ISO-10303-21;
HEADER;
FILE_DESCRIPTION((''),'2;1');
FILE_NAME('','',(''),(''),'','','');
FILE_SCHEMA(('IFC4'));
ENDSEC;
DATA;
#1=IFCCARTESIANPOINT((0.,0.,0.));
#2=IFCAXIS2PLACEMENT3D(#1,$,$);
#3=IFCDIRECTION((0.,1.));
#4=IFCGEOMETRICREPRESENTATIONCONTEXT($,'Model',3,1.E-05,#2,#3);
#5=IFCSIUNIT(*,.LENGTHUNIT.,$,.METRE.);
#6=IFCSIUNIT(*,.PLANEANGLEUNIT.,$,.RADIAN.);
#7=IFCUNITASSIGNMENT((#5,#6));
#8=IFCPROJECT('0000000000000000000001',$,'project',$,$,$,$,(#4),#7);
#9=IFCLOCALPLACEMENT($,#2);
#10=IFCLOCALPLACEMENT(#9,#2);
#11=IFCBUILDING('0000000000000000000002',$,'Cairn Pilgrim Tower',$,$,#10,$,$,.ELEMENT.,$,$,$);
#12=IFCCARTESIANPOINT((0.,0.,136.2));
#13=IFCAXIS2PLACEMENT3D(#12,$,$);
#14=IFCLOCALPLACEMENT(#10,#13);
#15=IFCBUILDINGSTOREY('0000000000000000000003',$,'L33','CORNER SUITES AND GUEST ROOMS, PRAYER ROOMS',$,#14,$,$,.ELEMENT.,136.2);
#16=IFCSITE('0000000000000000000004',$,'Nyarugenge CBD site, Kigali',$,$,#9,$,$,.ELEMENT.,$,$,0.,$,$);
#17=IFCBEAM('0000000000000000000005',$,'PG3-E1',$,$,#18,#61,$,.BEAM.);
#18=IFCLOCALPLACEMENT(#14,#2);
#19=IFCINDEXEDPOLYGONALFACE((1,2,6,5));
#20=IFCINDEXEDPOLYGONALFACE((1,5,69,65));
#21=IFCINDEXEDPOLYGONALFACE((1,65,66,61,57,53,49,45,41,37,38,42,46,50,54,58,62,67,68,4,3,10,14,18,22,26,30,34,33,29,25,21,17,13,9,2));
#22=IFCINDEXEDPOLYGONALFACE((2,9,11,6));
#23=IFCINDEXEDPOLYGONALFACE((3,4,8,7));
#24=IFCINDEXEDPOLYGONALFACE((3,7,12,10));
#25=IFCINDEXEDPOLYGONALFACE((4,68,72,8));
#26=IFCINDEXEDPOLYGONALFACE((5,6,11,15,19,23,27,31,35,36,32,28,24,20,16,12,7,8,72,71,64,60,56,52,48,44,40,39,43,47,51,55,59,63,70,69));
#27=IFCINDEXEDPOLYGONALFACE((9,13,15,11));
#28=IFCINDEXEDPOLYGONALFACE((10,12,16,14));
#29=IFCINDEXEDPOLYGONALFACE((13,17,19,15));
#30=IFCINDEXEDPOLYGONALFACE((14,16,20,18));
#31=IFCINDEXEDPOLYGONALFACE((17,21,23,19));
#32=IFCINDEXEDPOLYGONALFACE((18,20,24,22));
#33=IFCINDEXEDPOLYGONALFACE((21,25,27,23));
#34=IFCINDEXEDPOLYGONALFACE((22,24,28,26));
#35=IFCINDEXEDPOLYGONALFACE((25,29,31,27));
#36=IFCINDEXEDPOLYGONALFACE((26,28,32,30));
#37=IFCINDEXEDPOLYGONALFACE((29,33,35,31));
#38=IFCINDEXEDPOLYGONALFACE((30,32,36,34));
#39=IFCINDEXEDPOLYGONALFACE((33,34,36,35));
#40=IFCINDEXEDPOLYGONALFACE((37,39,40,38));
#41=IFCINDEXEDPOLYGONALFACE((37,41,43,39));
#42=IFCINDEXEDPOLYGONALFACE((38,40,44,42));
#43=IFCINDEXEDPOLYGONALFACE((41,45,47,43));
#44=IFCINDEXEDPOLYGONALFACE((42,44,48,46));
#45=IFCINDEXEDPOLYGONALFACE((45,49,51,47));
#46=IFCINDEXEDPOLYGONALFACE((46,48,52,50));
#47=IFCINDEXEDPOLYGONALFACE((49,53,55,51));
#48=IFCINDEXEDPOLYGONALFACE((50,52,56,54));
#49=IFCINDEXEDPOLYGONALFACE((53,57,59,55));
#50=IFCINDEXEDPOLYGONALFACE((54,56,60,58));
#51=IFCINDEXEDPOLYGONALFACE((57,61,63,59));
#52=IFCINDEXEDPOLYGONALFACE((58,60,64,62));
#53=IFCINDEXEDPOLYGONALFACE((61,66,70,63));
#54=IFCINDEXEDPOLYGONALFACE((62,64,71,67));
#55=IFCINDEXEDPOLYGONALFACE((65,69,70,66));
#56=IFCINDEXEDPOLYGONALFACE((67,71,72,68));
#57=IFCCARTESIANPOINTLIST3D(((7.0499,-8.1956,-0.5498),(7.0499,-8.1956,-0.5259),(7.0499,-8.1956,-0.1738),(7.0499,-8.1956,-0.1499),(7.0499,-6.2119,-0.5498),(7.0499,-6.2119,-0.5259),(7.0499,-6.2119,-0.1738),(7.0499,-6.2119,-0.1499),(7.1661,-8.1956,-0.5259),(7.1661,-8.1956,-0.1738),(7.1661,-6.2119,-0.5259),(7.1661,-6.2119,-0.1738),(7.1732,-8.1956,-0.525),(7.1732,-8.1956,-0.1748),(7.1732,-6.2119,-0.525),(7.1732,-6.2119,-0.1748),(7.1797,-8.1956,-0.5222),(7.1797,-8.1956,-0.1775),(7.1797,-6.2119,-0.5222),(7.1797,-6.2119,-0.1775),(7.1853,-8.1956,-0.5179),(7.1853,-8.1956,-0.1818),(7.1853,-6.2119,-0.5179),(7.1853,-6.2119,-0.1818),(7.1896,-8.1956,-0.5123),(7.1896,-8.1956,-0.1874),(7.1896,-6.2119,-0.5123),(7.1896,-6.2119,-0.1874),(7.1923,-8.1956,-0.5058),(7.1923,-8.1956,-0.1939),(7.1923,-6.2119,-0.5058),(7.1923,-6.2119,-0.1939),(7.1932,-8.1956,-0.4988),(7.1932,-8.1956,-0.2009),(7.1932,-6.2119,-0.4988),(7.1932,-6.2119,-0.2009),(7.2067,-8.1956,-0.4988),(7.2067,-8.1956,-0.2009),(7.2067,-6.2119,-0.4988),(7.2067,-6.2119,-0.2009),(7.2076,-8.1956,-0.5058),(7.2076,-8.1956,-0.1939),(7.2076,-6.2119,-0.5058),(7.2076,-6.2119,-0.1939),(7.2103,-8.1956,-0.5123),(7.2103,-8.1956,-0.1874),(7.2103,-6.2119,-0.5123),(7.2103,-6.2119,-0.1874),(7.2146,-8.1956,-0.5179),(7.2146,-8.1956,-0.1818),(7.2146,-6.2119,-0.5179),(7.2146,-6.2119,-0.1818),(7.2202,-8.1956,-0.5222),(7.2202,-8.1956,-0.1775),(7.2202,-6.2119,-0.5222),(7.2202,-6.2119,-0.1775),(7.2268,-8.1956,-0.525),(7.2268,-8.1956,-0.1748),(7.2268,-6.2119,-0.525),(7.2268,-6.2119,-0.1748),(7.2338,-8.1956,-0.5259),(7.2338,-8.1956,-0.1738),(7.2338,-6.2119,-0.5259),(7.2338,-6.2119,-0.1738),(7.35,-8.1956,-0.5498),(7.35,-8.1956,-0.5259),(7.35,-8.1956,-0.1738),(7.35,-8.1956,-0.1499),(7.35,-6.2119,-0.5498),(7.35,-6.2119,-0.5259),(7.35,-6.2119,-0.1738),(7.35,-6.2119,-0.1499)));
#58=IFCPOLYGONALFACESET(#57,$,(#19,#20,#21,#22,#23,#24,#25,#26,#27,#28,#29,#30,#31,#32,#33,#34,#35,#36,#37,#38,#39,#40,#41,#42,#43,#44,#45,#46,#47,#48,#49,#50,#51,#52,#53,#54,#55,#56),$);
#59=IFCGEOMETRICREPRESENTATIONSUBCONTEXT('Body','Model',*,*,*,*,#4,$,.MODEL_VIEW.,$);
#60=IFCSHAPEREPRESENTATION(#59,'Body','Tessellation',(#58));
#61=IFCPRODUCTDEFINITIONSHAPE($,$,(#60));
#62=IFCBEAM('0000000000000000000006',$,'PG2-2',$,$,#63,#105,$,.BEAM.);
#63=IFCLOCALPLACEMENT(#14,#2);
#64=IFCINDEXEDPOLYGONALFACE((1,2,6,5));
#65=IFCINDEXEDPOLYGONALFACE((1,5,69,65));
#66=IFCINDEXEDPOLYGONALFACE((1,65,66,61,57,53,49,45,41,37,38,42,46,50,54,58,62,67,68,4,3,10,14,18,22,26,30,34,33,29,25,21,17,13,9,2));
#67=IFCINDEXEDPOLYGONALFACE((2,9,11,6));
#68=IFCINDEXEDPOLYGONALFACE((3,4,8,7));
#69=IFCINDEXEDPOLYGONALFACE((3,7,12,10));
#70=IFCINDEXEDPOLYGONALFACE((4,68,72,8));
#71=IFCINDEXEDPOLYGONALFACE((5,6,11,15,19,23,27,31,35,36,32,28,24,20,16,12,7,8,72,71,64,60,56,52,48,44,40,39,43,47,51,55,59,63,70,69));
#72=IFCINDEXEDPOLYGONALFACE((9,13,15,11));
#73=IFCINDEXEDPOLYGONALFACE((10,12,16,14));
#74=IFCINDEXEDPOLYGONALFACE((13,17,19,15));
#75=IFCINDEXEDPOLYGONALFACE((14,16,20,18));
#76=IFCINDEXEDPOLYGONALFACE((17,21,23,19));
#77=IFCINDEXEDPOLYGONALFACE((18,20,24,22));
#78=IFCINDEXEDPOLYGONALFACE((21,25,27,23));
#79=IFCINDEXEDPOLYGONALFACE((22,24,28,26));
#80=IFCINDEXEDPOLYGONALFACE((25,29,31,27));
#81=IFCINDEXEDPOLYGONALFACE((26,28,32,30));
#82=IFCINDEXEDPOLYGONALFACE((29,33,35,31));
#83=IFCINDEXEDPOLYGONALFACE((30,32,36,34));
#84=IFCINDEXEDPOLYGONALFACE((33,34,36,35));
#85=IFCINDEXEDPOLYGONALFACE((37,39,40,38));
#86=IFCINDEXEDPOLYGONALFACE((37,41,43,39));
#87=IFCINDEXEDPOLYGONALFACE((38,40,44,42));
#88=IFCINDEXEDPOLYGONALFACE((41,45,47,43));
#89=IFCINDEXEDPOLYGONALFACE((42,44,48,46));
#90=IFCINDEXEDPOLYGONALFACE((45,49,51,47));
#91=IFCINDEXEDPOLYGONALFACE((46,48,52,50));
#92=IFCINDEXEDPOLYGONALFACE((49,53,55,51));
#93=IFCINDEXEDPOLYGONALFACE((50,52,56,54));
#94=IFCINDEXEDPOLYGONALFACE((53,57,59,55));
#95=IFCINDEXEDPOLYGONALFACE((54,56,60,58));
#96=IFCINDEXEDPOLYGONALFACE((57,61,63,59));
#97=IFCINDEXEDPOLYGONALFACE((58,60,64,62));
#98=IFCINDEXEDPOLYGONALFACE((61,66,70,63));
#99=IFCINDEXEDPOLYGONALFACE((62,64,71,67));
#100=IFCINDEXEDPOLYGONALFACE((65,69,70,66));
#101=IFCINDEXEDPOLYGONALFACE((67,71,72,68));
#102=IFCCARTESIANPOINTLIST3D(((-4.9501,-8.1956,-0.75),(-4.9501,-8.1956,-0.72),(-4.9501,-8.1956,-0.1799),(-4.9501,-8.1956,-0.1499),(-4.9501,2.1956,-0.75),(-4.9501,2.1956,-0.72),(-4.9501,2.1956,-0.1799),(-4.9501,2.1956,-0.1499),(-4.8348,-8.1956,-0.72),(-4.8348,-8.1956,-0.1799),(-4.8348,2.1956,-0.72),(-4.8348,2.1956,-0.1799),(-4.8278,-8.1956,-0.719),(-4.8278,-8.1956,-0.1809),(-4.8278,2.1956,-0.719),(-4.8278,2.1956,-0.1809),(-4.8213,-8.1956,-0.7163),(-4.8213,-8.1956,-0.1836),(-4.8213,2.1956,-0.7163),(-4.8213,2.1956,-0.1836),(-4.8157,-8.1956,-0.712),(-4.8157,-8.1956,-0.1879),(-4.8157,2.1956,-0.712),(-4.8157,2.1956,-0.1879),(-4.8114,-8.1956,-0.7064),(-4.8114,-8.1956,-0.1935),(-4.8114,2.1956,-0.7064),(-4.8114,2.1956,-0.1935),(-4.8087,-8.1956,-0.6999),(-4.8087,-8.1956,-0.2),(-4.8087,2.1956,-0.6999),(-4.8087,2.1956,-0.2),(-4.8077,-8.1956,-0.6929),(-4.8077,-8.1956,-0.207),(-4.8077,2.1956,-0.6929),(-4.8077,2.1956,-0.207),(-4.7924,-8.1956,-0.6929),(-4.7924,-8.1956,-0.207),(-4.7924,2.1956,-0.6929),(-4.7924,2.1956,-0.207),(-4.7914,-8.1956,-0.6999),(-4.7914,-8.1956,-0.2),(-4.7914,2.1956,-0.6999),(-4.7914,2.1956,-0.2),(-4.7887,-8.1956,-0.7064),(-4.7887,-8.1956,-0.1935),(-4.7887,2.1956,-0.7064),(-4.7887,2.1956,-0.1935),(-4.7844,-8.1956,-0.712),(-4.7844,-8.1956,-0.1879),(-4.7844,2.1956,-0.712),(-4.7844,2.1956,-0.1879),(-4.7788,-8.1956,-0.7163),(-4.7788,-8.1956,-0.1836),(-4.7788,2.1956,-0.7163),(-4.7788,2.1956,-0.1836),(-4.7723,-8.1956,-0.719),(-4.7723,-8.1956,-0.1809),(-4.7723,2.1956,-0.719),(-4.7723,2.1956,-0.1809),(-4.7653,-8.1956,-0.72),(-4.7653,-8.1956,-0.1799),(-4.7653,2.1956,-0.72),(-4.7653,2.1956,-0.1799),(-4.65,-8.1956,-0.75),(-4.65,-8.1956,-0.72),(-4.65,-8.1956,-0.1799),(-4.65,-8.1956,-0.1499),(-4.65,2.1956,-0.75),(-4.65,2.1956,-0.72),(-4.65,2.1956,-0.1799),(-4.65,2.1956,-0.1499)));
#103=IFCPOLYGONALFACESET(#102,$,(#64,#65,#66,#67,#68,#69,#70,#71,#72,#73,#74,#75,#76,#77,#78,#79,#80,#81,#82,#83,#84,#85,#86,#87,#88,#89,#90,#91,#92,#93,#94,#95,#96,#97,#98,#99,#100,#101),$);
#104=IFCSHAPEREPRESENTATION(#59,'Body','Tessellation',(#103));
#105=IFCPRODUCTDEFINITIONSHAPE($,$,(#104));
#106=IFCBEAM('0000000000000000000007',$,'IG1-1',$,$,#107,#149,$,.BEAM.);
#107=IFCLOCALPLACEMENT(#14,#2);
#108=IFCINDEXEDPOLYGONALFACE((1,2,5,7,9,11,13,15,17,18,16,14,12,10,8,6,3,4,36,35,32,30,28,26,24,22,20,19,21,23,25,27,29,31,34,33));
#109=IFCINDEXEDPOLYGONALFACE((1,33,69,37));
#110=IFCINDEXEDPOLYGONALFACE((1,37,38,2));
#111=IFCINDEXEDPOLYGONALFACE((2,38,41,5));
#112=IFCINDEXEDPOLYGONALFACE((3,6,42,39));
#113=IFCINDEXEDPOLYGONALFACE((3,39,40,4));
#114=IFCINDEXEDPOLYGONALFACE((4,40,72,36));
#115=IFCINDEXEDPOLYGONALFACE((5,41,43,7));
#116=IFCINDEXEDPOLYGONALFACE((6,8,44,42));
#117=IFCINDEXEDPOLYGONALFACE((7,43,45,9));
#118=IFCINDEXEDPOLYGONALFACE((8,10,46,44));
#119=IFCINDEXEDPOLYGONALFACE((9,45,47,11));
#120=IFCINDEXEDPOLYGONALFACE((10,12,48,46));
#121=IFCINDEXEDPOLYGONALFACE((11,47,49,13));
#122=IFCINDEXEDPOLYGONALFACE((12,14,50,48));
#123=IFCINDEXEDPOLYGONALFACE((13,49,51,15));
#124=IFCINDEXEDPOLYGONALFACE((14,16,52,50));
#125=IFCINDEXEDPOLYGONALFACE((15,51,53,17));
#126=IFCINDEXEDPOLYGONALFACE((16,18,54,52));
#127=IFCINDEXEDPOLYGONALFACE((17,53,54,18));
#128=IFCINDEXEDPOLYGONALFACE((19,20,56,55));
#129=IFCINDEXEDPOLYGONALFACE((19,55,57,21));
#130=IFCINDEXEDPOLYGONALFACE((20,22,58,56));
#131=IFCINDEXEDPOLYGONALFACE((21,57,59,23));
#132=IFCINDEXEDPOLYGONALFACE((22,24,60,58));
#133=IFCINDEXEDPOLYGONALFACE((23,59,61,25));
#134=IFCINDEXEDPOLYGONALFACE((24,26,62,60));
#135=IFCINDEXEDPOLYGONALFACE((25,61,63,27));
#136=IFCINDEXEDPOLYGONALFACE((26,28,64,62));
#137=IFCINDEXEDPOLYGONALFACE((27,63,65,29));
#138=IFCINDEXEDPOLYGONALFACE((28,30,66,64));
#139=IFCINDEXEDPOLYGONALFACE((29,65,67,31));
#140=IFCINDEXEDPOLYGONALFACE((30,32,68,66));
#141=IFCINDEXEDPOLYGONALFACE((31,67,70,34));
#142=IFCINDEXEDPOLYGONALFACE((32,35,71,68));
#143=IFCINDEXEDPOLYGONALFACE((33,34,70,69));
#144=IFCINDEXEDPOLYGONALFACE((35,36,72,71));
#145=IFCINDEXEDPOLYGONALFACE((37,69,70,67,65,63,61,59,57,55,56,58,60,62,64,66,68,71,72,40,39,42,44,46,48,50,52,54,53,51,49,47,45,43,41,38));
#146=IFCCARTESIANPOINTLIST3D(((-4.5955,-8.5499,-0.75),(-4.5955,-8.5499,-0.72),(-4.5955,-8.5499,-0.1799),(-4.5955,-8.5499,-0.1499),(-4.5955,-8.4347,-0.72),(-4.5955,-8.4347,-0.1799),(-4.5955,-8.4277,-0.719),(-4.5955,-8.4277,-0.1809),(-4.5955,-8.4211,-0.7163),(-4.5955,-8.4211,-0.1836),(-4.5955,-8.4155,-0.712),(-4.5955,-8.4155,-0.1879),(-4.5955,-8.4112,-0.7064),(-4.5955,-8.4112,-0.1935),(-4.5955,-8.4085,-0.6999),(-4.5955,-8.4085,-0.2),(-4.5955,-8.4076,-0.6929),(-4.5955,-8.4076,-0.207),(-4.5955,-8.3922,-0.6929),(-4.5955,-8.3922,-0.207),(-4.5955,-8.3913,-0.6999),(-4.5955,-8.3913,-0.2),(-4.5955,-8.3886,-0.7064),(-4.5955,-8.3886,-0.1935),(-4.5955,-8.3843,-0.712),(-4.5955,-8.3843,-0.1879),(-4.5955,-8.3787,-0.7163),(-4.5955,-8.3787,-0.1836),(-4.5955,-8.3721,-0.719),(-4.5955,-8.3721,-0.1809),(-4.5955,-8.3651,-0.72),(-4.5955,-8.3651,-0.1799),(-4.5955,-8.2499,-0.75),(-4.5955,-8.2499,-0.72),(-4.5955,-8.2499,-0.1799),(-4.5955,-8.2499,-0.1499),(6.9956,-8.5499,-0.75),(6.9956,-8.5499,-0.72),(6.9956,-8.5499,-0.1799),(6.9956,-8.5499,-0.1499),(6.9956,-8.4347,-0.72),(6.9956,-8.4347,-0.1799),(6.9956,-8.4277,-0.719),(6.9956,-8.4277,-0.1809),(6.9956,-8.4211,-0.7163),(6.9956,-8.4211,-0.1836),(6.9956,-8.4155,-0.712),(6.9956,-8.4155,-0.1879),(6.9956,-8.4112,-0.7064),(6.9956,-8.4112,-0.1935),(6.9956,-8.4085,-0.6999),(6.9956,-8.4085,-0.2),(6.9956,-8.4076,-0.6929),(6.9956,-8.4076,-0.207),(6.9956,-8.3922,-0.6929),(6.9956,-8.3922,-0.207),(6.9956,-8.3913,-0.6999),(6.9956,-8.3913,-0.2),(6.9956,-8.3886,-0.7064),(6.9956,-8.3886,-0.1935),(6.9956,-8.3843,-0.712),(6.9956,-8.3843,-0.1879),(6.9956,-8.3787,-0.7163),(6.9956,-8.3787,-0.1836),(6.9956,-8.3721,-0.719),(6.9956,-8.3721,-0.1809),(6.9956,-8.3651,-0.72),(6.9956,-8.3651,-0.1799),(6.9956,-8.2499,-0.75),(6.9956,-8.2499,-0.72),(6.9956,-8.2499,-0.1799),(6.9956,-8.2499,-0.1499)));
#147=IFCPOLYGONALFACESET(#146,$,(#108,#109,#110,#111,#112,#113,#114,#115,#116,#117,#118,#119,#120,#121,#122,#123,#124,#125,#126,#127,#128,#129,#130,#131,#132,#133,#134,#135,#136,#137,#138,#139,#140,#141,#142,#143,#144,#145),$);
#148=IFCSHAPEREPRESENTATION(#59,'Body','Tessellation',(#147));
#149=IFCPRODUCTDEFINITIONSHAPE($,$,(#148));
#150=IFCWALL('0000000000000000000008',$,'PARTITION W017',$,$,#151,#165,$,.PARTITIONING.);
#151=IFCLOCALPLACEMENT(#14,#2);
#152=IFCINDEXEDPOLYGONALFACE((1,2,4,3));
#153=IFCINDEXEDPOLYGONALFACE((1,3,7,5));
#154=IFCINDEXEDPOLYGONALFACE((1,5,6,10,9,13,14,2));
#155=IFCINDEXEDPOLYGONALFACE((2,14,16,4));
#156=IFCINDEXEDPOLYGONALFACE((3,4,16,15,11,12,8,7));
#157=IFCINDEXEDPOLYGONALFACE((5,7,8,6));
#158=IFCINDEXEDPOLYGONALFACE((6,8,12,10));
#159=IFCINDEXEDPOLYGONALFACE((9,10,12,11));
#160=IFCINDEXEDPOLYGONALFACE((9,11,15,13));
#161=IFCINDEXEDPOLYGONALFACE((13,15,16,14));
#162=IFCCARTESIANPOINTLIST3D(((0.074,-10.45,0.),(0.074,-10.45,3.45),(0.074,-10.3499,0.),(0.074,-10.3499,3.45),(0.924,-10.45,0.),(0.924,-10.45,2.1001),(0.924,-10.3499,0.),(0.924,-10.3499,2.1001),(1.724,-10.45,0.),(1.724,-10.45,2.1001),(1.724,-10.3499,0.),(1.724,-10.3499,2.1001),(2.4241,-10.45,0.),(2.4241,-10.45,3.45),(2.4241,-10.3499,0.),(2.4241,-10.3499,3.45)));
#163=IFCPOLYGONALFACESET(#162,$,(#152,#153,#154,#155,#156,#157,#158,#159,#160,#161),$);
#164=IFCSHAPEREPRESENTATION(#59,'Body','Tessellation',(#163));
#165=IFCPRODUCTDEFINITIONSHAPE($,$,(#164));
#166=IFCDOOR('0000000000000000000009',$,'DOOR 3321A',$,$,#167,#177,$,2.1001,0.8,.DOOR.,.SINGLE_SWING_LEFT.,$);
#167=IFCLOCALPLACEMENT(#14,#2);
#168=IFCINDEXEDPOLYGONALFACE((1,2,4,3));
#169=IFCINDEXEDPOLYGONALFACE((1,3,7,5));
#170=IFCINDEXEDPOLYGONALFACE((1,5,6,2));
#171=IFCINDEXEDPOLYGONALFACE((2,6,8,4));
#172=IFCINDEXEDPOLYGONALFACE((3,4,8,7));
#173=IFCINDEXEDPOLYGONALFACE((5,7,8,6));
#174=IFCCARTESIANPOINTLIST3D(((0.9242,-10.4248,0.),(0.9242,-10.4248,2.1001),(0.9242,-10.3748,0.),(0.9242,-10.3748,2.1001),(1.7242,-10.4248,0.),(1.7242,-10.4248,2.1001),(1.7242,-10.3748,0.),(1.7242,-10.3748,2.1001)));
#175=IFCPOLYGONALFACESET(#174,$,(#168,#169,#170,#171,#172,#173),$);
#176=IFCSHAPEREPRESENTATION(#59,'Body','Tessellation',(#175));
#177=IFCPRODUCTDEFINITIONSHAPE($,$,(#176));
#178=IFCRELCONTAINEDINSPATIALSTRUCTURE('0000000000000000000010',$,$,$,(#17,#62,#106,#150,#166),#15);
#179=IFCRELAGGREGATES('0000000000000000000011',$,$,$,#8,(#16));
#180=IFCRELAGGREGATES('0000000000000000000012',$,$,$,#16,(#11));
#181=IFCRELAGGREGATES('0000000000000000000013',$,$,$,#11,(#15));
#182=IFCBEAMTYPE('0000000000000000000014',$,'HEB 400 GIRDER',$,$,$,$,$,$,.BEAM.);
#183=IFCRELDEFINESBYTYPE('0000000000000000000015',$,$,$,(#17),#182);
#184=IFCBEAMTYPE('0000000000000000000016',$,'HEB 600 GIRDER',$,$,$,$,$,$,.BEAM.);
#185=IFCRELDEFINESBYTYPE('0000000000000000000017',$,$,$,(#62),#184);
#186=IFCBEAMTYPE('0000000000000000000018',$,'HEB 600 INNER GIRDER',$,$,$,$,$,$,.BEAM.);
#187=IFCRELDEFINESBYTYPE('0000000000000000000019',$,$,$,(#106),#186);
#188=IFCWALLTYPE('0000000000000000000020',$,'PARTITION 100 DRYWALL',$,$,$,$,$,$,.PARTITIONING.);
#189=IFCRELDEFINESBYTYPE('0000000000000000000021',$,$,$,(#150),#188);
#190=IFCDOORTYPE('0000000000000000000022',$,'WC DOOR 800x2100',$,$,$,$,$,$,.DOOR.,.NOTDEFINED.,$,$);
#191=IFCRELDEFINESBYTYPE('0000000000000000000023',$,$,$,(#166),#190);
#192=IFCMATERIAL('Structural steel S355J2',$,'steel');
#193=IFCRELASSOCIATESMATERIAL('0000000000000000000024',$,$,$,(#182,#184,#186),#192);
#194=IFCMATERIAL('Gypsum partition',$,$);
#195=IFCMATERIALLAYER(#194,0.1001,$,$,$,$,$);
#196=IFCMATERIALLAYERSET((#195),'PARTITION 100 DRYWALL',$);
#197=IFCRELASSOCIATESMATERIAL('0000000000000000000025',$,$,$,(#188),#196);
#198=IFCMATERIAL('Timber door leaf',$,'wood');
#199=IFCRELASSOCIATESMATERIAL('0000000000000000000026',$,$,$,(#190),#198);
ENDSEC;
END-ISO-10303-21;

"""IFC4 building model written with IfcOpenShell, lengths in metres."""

from ifc_helpers import new_model, si_unit, direction, frame, frame_2d, origin, origin_2d, place, context, subcontext, project, spatial, rectangle, i_section, extrude, material, layer, layer_set, material_profile, profile_set, type_object, element, fill, save


model = new_model("IFC4")

# Units and contexts
model_context = context("Model", 3, precision=1e-05, world=origin(), true_north=direction((0.0, 1.0)))
body_context = subcontext(model_context, "Body", "Model", "MODEL_VIEW")
ifc_project = project(units=[si_unit("LENGTHUNIT", "METRE"), si_unit("PLANEANGLEUNIT", "RADIAN")], contexts=[model_context])

# Site, building, storey
site_placement = place(None, origin())
site = spatial("IfcSite", under=ifc_project, at=site_placement, Name="Nyarugenge CBD site, Kigali", CompositionType="ELEMENT", RefElevation=0.0)
building_placement = place(site_placement, origin())
building = spatial("IfcBuilding", under=site, at=building_placement, Name="Cairn Pilgrim Tower", CompositionType="ELEMENT")
storey_placement = place(building_placement, frame((0.0, 0.0, 136.2)))
storey = spatial("IfcBuildingStorey", under=building, at=storey_placement, Name="L33", Description="CORNER SUITES AND GUEST ROOMS, PRAYER ROOMS", CompositionType="ELEMENT", Elevation=136.2)

# Beams
ifc_material_1 = material(Name="Structural steel S355J2", Category="steel")
ifc_material_profile_1 = material_profile(ifc_material_1, i_section(OverallWidth=0.3, OverallDepth=0.3999, WebThickness=0.0134, FlangeThickness=0.0239, FilletRadius=0.0271, at=origin_2d()), Name="HEB 400")
ifc_profile_set_1 = profile_set([ifc_material_profile_1], Name="Structural steel S355J2")
beam_type_1 = type_object("IfcBeamType", Name="HEB 400 GIRDER", PredefinedType="BEAM", material=ifc_profile_set_1)
beam_1_placement = place(storey_placement, frame((7.2, -8.1956, -0.3499), z_axis=(0.0, 1.0, 0.0), x_axis=(-1.0, 0.0, 0.0)))
element("IfcBeam", 1, at=beam_1_placement, inside=storey, type_object=beam_type_1, Name="PG3-E1", PredefinedType="BEAM", context=body_context, shape_type="SweptSolid", body=[
    extrude(i_section(OverallWidth=0.3, OverallDepth=0.3999, WebThickness=0.0134, FlangeThickness=0.0239, FilletRadius=0.0271, at=origin_2d()), origin(), (0.0, 0.0, 1.0), 1.9836),
])
ifc_material_profile_2 = material_profile(ifc_material_1, i_section(OverallWidth=0.3, OverallDepth=0.6001, WebThickness=0.0154, FlangeThickness=0.03, FilletRadius=0.0271, at=origin_2d()), Name="HEB 600")
ifc_profile_set_2 = profile_set([ifc_material_profile_2], Name="Structural steel S355J2")
beam_type_2 = type_object("IfcBeamType", Name="HEB 600 GIRDER", PredefinedType="BEAM", material=ifc_profile_set_2)
beam_2_placement = place(storey_placement, frame((-4.8, -8.1956, -0.45), z_axis=(0.0, 1.0, 0.0), x_axis=(-1.0, 0.0, 0.0)))
element("IfcBeam", 2, at=beam_2_placement, inside=storey, type_object=beam_type_2, Name="PG2-2", PredefinedType="BEAM", context=body_context, shape_type="SweptSolid", body=[
    extrude(i_section(OverallWidth=0.3, OverallDepth=0.6001, WebThickness=0.0154, FlangeThickness=0.03, FilletRadius=0.0271, at=origin_2d()), origin(), (0.0, 0.0, 1.0), 10.3911),
])
ifc_material_profile_3 = material_profile(ifc_material_1, i_section(OverallWidth=0.3, OverallDepth=0.6001, WebThickness=0.0154, FlangeThickness=0.03, FilletRadius=0.0271, at=origin_2d()), Name="HEB 600")
ifc_profile_set_3 = profile_set([ifc_material_profile_3], Name="Structural steel S355J2")
beam_type_3 = type_object("IfcBeamType", Name="HEB 600 INNER GIRDER", PredefinedType="BEAM", material=ifc_profile_set_3)
beam_3_placement = place(storey_placement, frame((-4.5955, -8.3999, -0.45), z_axis=(1.0, 0.0, 0.0), x_axis=(0.0, 1.0, 0.0)))
element("IfcBeam", 3, at=beam_3_placement, inside=storey, type_object=beam_type_3, Name="IG1-1", PredefinedType="BEAM", context=body_context, shape_type="SweptSolid", body=[
    extrude(i_section(OverallWidth=0.3, OverallDepth=0.6001, WebThickness=0.0154, FlangeThickness=0.03, FilletRadius=0.0271, at=origin_2d()), origin(), (0.0, 0.0, 1.0), 11.5911),
])

# Wall, opening, door
ifc_material_2 = material(Name="Gypsum partition")
ifc_layer_1 = layer(ifc_material_2, 0.1001)
ifc_layer_set_1 = layer_set([ifc_layer_1], Name="PARTITION 100 DRYWALL")
wall_type_1 = type_object("IfcWallType", Name="PARTITION 100 DRYWALL", PredefinedType="PARTITIONING", material=ifc_layer_set_1)
wall_1_placement = place(storey_placement, frame((0.074, -10.3999, 0.0), z_axis=(0.0, 0.0, 1.0), x_axis=(1.0, 0.0, 0.0)))
wall_1 = element("IfcWall", 4, at=wall_1_placement, inside=storey, type_object=wall_type_1, Name="PARTITION W017", PredefinedType="PARTITIONING", context=body_context, shape_type="SweptSolid", body=[
    extrude(rectangle(XDim=2.3501, YDim=0.1001, at=frame_2d((1.175, 0.0))), origin(), (0.0, 0.0, 1.0), 3.45),
])
opening_1_placement = place(wall_1_placement, frame((0.8501, 0.0, 0.0)))
opening_1 = element("IfcOpeningElement", 5, at=opening_1_placement, cuts=wall_1, PredefinedType="OPENING", context=body_context, shape_type="SweptSolid", body=[
    extrude(rectangle(XDim=0.8, YDim=2.1001, at=frame_2d((0.3999, 1.05))), frame((0.0, 0.0601, 0.0), z_axis=(0.0, -1.0, 0.0), x_axis=(1.0, 0.0, 0.0)), (0.0, 0.0, 1.0), 0.1201),
])
ifc_material_3 = material(Name="Timber door leaf", Category="wood")
door_type_1 = type_object("IfcDoorType", Name="WC DOOR 800x2100", OperationType="NOTDEFINED", PredefinedType="DOOR", material=ifc_material_3)
door_1_placement = place(opening_1_placement, frame((0.8, 0.0, 0.0), z_axis=(0.0, 0.0, 1.0), x_axis=(-1.0, 0.0, 0.0)))
door_1 = element("IfcDoor", 6, at=door_1_placement, inside=storey, type_object=door_type_1, Name="DOOR 3321A", OperationType="SINGLE_SWING_LEFT", OverallHeight=2.1001, OverallWidth=0.8, PredefinedType="DOOR", context=body_context, shape_type="SweptSolid", body=[
    extrude(rectangle(XDim=0.8, YDim=2.1001, at=frame_2d((0.3999, 1.05))), frame((0.0, 0.0249, 0.0), z_axis=(0.0, -1.0, 0.0), x_axis=(1.0, 0.0, 0.0)), (0.0, 0.0, 1.0), 0.05),
])
fill(opening_1, door_1)

save(model, "model.ifc")
